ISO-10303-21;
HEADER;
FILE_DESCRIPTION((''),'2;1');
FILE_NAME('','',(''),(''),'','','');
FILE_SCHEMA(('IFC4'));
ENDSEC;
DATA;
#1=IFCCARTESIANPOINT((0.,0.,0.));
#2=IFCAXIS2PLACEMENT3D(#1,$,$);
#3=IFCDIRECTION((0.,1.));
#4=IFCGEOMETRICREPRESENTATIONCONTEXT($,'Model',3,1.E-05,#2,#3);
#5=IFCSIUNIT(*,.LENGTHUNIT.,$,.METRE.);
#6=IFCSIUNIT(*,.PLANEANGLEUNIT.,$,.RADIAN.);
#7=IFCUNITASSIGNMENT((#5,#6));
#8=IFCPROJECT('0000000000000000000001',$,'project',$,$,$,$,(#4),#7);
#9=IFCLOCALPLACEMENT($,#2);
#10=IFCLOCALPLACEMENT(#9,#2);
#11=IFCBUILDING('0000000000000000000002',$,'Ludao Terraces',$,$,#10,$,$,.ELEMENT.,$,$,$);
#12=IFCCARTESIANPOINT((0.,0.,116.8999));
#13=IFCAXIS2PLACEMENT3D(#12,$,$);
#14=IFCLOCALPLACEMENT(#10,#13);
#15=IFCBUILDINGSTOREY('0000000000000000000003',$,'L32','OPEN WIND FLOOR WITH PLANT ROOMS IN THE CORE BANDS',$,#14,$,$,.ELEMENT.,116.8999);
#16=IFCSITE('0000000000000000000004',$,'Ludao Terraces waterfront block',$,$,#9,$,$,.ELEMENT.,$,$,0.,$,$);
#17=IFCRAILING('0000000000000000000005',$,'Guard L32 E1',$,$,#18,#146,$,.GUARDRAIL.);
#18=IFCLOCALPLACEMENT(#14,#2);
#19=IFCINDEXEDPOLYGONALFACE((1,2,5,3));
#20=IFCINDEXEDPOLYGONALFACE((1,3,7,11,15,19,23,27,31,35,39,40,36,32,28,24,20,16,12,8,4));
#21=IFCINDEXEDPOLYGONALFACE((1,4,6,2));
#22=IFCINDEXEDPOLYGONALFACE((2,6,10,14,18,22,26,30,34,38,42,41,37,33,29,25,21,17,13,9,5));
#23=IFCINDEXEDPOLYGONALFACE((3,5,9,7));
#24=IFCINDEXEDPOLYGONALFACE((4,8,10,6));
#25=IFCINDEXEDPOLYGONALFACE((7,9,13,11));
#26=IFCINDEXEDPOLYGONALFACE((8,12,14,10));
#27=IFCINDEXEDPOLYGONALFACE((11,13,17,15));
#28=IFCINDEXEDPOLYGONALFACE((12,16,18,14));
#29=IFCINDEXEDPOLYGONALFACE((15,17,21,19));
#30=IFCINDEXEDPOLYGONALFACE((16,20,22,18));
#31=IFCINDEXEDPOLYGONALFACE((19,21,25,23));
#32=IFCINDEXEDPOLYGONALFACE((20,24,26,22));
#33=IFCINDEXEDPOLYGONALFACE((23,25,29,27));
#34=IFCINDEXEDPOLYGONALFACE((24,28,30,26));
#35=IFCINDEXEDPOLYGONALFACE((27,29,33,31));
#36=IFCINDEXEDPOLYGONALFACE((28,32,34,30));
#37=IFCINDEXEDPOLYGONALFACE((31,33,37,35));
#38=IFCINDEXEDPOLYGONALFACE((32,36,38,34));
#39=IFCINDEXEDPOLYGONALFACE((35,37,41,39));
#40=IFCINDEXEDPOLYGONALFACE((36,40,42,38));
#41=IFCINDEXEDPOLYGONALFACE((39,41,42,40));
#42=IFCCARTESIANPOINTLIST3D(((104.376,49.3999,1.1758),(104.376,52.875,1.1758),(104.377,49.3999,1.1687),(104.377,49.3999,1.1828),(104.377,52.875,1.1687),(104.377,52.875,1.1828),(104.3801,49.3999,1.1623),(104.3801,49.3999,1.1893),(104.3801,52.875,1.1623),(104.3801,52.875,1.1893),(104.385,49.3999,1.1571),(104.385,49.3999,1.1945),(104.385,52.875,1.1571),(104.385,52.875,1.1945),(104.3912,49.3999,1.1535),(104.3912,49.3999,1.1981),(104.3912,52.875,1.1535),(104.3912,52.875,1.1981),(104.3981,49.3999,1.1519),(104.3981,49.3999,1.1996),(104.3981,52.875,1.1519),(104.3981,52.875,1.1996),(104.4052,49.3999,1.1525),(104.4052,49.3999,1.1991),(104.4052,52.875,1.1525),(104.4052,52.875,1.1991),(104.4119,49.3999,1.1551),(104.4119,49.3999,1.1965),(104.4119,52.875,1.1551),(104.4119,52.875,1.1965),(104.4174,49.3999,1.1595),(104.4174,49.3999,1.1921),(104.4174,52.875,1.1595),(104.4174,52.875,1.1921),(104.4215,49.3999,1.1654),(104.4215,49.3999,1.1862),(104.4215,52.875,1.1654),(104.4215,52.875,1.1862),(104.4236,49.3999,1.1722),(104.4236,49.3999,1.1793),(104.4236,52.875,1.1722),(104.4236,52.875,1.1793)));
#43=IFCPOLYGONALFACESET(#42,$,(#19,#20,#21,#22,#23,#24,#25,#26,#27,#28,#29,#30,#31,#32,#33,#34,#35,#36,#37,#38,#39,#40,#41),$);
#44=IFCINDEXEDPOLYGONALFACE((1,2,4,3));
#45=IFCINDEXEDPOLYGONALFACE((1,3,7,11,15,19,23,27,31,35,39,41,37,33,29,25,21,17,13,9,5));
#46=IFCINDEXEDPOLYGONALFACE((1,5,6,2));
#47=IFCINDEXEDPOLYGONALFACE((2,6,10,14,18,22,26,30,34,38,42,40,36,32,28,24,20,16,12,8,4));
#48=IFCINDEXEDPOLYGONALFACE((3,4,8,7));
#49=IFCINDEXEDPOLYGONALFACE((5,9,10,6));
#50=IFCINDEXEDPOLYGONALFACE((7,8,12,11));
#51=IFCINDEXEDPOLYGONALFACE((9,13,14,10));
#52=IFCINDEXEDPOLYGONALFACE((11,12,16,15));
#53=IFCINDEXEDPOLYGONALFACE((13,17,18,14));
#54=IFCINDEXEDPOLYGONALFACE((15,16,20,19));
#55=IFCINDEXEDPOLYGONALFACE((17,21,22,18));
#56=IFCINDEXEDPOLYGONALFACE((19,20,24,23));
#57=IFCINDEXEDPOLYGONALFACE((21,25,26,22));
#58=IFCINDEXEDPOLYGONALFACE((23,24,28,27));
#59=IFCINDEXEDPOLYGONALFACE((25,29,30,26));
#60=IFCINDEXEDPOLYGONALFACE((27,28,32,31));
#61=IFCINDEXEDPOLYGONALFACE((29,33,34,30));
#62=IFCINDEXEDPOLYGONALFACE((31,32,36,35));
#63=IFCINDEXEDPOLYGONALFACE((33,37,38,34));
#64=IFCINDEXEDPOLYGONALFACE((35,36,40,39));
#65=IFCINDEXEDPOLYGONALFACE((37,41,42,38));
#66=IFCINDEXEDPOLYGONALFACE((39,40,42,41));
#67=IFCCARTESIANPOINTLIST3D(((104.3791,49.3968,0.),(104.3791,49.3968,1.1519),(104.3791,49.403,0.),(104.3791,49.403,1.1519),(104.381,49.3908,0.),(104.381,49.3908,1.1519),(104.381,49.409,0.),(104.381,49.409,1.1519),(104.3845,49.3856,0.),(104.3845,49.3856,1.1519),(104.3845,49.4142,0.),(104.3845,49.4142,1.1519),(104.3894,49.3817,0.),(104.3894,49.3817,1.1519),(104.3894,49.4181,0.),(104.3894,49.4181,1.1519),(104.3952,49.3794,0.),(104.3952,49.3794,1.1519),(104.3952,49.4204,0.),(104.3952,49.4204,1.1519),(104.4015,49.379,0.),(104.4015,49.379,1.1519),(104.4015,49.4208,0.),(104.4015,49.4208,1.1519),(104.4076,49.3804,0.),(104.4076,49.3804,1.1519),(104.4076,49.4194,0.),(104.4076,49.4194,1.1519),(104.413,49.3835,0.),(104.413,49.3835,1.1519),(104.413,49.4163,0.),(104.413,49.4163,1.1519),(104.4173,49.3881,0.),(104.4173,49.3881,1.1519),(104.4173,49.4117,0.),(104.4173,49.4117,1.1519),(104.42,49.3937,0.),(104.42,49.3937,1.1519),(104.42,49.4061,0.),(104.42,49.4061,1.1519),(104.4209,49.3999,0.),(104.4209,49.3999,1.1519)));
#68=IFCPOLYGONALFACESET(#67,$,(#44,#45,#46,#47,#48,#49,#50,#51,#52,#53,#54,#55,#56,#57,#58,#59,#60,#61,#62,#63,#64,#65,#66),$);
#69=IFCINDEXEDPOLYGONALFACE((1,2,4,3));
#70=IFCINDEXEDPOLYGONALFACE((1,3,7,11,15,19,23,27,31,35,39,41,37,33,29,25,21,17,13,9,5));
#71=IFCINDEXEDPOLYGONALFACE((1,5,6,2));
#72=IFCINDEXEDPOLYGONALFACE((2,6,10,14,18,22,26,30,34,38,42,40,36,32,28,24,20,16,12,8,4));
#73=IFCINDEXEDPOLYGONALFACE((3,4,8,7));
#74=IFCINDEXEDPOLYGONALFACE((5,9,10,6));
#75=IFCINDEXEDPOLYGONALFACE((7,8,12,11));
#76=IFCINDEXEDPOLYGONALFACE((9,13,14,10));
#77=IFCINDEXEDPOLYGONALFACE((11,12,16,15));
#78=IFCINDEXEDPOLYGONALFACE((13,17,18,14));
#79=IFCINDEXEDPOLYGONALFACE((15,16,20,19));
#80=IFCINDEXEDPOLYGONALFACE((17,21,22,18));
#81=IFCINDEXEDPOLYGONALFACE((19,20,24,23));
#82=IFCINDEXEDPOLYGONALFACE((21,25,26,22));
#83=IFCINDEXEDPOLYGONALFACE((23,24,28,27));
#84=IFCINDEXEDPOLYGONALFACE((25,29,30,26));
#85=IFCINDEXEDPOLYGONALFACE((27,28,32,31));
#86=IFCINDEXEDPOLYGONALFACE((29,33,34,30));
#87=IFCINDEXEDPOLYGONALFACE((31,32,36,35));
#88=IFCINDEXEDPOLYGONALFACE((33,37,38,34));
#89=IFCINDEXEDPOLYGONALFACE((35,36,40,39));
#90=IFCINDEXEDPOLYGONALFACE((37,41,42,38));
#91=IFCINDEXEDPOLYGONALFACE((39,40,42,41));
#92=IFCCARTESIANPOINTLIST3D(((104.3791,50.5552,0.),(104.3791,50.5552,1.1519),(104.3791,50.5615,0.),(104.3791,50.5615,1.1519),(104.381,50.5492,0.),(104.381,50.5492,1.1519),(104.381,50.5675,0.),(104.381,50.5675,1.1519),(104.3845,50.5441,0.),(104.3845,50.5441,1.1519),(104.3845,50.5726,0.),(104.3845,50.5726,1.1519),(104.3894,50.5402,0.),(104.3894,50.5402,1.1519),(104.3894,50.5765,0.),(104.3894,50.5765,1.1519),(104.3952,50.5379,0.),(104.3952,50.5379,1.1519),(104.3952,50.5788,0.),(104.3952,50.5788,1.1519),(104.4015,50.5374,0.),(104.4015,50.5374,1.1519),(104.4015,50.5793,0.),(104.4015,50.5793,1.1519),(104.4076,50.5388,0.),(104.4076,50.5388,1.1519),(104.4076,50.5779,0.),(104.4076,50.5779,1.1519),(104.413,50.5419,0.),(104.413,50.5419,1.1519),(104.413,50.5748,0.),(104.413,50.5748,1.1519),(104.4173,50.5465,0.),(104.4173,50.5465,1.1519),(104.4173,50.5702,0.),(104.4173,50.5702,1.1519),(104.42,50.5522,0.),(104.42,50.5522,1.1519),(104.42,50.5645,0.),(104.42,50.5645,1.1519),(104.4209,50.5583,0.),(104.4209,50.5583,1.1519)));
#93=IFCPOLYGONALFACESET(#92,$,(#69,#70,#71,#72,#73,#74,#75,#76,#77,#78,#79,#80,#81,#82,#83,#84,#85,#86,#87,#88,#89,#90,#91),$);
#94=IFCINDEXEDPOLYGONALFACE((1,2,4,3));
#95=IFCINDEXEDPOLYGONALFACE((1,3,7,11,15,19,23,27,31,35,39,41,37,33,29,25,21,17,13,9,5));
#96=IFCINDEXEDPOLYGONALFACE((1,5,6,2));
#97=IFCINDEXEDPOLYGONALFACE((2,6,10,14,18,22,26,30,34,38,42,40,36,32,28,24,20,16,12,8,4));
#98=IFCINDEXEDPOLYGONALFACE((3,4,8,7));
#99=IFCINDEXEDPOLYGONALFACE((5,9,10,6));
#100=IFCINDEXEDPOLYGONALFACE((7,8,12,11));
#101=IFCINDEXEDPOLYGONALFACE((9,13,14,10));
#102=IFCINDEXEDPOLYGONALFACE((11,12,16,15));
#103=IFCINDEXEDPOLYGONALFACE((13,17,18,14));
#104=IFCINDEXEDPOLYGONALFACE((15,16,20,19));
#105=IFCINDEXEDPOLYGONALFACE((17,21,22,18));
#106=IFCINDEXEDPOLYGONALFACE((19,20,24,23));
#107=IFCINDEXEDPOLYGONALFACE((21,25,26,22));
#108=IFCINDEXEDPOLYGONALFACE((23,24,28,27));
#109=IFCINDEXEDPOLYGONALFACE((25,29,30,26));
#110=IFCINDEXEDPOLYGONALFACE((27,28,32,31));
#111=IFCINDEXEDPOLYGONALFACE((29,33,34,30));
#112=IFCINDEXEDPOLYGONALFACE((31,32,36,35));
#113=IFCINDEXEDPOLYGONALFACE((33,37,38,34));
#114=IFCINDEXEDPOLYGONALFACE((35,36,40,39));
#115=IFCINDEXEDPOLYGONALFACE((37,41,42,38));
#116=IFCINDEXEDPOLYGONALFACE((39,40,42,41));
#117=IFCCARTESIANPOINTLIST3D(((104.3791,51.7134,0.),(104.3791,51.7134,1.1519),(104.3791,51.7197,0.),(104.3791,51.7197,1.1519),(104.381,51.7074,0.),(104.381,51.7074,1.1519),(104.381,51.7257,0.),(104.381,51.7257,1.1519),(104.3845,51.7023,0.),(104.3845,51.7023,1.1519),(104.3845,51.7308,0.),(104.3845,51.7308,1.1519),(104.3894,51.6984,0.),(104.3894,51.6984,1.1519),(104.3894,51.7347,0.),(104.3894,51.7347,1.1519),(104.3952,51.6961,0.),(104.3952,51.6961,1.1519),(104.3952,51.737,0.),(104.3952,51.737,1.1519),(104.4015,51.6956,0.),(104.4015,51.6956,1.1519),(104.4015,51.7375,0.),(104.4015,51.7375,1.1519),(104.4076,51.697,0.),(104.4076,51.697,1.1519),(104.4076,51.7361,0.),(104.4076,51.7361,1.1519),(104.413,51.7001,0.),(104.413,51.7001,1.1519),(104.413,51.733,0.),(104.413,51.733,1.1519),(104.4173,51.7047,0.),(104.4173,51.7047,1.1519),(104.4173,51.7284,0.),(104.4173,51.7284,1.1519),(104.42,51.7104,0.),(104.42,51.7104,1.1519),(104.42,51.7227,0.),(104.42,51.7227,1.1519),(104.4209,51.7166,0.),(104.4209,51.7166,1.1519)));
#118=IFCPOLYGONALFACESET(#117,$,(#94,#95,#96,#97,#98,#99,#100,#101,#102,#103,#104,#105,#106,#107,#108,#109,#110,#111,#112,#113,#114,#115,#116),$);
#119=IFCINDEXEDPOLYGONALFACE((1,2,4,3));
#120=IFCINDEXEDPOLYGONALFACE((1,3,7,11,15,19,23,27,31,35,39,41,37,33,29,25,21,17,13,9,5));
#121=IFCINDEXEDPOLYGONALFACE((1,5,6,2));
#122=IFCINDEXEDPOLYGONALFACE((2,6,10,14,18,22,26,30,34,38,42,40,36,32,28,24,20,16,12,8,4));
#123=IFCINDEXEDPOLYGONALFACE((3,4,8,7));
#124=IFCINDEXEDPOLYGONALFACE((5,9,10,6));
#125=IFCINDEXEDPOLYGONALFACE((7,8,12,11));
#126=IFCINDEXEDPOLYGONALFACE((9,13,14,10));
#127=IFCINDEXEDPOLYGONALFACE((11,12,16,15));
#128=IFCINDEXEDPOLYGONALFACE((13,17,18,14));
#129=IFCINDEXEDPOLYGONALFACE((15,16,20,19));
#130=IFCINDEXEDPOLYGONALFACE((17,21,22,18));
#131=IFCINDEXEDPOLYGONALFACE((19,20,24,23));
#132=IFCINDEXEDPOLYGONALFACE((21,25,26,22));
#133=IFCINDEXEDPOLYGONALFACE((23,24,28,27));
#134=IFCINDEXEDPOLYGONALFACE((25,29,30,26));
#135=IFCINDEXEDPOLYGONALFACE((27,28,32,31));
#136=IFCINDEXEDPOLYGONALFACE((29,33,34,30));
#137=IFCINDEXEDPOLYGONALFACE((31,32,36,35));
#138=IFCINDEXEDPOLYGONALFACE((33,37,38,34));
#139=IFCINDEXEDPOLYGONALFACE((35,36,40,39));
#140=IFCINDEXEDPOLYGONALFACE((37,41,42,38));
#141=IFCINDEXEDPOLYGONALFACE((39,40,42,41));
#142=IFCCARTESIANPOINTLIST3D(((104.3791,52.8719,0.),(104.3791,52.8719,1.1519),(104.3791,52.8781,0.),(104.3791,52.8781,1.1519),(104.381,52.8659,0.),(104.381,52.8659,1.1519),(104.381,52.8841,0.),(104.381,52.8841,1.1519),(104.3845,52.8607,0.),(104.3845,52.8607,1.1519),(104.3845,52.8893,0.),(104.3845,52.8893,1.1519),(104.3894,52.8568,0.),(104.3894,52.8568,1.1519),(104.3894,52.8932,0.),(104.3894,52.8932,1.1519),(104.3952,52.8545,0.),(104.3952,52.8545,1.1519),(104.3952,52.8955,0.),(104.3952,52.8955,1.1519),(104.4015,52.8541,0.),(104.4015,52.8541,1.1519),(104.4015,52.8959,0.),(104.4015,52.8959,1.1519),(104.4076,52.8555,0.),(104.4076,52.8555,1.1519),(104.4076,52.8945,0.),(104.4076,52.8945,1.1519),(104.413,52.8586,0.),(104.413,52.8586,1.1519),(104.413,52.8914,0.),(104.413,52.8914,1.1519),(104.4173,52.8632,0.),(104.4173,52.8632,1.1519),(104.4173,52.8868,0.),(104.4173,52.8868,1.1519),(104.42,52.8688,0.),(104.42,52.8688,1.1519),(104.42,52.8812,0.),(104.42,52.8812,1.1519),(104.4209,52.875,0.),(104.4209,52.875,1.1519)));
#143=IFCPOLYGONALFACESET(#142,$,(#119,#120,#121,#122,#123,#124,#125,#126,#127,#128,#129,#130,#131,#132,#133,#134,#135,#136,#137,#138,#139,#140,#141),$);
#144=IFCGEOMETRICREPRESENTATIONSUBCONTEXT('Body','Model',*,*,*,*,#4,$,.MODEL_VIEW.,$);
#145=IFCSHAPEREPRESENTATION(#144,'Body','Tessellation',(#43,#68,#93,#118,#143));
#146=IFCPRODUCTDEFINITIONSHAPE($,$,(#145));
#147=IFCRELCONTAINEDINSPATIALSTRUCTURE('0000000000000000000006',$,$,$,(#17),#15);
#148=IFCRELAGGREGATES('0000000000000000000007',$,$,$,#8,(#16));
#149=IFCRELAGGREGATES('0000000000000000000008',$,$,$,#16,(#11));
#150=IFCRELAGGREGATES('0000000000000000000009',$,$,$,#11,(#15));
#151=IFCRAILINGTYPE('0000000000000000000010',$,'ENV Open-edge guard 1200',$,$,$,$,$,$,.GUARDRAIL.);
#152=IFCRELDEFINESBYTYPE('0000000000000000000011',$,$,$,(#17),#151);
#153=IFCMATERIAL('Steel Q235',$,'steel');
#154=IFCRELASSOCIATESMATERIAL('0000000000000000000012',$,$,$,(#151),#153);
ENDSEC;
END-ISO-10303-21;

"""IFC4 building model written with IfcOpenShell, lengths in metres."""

from ifc_helpers import new_model, si_unit, direction, frame, origin, origin_2d, place, context, subcontext, project, spatial, circle, extrude, material, type_object, element, save


model = new_model("IFC4")

# Units and contexts
model_context = context("Model", 3, precision=1e-05, world=origin(), true_north=direction((0.0, 1.0)))
body_context = subcontext(model_context, "Body", "Model", "MODEL_VIEW")
ifc_project = project(units=[si_unit("LENGTHUNIT", "METRE"), si_unit("PLANEANGLEUNIT", "RADIAN")], contexts=[model_context])

# Site, building, storey
site_placement = place(None, origin())
site = spatial("IfcSite", under=ifc_project, at=site_placement, Name="Ludao Terraces waterfront block", CompositionType="ELEMENT", RefElevation=0.0)
building_placement = place(site_placement, origin())
building = spatial("IfcBuilding", under=site, at=building_placement, Name="Ludao Terraces", CompositionType="ELEMENT")
storey_placement = place(building_placement, frame((0.0, 0.0, 116.8999)))
storey = spatial("IfcBuildingStorey", under=building, at=storey_placement, Name="L32", Description="OPEN WIND FLOOR WITH PLANT ROOMS IN THE CORE BANDS", CompositionType="ELEMENT", Elevation=116.8999)

# Shared definitions
ifc_material_1 = material(Name="Steel Q235", Category="steel")

# Railing
railing_type_1 = type_object("IfcRailingType", Name="ENV Open-edge guard 1200", PredefinedType="GUARDRAIL", material=ifc_material_1)
railing_1_placement = place(storey_placement, frame((104.3999, 49.3999, 0.0)))
element("IfcRailing", 1, at=railing_1_placement, inside=storey, type_object=railing_type_1, Name="Guard L32 E1", PredefinedType="GUARDRAIL", context=body_context, shape_type="SweptSolid", body=[
    extrude(circle(Radius=0.0239, at=origin_2d()), frame((0.0, 0.0, 1.1758), z_axis=(0.0, 1.0, 0.0), x_axis=(-1.0, 0.0, 0.0)), (0.0, 0.0, 1.0), 3.4751),
    extrude(circle(Radius=0.021, at=origin_2d()), origin(), (0.0, 0.0, 1.0), 1.1519),
    extrude(circle(Radius=0.021, at=origin_2d()), frame((0.0, 1.1584, 0.0)), (0.0, 0.0, 1.0), 1.1519),
    extrude(circle(Radius=0.021, at=origin_2d()), frame((0.0, 2.3167, 0.0)), (0.0, 0.0, 1.0), 1.1519),
    extrude(circle(Radius=0.021, at=origin_2d()), frame((0.0, 3.4751, 0.0)), (0.0, 0.0, 1.0), 1.1519),
])

save(model, "model.ifc")
